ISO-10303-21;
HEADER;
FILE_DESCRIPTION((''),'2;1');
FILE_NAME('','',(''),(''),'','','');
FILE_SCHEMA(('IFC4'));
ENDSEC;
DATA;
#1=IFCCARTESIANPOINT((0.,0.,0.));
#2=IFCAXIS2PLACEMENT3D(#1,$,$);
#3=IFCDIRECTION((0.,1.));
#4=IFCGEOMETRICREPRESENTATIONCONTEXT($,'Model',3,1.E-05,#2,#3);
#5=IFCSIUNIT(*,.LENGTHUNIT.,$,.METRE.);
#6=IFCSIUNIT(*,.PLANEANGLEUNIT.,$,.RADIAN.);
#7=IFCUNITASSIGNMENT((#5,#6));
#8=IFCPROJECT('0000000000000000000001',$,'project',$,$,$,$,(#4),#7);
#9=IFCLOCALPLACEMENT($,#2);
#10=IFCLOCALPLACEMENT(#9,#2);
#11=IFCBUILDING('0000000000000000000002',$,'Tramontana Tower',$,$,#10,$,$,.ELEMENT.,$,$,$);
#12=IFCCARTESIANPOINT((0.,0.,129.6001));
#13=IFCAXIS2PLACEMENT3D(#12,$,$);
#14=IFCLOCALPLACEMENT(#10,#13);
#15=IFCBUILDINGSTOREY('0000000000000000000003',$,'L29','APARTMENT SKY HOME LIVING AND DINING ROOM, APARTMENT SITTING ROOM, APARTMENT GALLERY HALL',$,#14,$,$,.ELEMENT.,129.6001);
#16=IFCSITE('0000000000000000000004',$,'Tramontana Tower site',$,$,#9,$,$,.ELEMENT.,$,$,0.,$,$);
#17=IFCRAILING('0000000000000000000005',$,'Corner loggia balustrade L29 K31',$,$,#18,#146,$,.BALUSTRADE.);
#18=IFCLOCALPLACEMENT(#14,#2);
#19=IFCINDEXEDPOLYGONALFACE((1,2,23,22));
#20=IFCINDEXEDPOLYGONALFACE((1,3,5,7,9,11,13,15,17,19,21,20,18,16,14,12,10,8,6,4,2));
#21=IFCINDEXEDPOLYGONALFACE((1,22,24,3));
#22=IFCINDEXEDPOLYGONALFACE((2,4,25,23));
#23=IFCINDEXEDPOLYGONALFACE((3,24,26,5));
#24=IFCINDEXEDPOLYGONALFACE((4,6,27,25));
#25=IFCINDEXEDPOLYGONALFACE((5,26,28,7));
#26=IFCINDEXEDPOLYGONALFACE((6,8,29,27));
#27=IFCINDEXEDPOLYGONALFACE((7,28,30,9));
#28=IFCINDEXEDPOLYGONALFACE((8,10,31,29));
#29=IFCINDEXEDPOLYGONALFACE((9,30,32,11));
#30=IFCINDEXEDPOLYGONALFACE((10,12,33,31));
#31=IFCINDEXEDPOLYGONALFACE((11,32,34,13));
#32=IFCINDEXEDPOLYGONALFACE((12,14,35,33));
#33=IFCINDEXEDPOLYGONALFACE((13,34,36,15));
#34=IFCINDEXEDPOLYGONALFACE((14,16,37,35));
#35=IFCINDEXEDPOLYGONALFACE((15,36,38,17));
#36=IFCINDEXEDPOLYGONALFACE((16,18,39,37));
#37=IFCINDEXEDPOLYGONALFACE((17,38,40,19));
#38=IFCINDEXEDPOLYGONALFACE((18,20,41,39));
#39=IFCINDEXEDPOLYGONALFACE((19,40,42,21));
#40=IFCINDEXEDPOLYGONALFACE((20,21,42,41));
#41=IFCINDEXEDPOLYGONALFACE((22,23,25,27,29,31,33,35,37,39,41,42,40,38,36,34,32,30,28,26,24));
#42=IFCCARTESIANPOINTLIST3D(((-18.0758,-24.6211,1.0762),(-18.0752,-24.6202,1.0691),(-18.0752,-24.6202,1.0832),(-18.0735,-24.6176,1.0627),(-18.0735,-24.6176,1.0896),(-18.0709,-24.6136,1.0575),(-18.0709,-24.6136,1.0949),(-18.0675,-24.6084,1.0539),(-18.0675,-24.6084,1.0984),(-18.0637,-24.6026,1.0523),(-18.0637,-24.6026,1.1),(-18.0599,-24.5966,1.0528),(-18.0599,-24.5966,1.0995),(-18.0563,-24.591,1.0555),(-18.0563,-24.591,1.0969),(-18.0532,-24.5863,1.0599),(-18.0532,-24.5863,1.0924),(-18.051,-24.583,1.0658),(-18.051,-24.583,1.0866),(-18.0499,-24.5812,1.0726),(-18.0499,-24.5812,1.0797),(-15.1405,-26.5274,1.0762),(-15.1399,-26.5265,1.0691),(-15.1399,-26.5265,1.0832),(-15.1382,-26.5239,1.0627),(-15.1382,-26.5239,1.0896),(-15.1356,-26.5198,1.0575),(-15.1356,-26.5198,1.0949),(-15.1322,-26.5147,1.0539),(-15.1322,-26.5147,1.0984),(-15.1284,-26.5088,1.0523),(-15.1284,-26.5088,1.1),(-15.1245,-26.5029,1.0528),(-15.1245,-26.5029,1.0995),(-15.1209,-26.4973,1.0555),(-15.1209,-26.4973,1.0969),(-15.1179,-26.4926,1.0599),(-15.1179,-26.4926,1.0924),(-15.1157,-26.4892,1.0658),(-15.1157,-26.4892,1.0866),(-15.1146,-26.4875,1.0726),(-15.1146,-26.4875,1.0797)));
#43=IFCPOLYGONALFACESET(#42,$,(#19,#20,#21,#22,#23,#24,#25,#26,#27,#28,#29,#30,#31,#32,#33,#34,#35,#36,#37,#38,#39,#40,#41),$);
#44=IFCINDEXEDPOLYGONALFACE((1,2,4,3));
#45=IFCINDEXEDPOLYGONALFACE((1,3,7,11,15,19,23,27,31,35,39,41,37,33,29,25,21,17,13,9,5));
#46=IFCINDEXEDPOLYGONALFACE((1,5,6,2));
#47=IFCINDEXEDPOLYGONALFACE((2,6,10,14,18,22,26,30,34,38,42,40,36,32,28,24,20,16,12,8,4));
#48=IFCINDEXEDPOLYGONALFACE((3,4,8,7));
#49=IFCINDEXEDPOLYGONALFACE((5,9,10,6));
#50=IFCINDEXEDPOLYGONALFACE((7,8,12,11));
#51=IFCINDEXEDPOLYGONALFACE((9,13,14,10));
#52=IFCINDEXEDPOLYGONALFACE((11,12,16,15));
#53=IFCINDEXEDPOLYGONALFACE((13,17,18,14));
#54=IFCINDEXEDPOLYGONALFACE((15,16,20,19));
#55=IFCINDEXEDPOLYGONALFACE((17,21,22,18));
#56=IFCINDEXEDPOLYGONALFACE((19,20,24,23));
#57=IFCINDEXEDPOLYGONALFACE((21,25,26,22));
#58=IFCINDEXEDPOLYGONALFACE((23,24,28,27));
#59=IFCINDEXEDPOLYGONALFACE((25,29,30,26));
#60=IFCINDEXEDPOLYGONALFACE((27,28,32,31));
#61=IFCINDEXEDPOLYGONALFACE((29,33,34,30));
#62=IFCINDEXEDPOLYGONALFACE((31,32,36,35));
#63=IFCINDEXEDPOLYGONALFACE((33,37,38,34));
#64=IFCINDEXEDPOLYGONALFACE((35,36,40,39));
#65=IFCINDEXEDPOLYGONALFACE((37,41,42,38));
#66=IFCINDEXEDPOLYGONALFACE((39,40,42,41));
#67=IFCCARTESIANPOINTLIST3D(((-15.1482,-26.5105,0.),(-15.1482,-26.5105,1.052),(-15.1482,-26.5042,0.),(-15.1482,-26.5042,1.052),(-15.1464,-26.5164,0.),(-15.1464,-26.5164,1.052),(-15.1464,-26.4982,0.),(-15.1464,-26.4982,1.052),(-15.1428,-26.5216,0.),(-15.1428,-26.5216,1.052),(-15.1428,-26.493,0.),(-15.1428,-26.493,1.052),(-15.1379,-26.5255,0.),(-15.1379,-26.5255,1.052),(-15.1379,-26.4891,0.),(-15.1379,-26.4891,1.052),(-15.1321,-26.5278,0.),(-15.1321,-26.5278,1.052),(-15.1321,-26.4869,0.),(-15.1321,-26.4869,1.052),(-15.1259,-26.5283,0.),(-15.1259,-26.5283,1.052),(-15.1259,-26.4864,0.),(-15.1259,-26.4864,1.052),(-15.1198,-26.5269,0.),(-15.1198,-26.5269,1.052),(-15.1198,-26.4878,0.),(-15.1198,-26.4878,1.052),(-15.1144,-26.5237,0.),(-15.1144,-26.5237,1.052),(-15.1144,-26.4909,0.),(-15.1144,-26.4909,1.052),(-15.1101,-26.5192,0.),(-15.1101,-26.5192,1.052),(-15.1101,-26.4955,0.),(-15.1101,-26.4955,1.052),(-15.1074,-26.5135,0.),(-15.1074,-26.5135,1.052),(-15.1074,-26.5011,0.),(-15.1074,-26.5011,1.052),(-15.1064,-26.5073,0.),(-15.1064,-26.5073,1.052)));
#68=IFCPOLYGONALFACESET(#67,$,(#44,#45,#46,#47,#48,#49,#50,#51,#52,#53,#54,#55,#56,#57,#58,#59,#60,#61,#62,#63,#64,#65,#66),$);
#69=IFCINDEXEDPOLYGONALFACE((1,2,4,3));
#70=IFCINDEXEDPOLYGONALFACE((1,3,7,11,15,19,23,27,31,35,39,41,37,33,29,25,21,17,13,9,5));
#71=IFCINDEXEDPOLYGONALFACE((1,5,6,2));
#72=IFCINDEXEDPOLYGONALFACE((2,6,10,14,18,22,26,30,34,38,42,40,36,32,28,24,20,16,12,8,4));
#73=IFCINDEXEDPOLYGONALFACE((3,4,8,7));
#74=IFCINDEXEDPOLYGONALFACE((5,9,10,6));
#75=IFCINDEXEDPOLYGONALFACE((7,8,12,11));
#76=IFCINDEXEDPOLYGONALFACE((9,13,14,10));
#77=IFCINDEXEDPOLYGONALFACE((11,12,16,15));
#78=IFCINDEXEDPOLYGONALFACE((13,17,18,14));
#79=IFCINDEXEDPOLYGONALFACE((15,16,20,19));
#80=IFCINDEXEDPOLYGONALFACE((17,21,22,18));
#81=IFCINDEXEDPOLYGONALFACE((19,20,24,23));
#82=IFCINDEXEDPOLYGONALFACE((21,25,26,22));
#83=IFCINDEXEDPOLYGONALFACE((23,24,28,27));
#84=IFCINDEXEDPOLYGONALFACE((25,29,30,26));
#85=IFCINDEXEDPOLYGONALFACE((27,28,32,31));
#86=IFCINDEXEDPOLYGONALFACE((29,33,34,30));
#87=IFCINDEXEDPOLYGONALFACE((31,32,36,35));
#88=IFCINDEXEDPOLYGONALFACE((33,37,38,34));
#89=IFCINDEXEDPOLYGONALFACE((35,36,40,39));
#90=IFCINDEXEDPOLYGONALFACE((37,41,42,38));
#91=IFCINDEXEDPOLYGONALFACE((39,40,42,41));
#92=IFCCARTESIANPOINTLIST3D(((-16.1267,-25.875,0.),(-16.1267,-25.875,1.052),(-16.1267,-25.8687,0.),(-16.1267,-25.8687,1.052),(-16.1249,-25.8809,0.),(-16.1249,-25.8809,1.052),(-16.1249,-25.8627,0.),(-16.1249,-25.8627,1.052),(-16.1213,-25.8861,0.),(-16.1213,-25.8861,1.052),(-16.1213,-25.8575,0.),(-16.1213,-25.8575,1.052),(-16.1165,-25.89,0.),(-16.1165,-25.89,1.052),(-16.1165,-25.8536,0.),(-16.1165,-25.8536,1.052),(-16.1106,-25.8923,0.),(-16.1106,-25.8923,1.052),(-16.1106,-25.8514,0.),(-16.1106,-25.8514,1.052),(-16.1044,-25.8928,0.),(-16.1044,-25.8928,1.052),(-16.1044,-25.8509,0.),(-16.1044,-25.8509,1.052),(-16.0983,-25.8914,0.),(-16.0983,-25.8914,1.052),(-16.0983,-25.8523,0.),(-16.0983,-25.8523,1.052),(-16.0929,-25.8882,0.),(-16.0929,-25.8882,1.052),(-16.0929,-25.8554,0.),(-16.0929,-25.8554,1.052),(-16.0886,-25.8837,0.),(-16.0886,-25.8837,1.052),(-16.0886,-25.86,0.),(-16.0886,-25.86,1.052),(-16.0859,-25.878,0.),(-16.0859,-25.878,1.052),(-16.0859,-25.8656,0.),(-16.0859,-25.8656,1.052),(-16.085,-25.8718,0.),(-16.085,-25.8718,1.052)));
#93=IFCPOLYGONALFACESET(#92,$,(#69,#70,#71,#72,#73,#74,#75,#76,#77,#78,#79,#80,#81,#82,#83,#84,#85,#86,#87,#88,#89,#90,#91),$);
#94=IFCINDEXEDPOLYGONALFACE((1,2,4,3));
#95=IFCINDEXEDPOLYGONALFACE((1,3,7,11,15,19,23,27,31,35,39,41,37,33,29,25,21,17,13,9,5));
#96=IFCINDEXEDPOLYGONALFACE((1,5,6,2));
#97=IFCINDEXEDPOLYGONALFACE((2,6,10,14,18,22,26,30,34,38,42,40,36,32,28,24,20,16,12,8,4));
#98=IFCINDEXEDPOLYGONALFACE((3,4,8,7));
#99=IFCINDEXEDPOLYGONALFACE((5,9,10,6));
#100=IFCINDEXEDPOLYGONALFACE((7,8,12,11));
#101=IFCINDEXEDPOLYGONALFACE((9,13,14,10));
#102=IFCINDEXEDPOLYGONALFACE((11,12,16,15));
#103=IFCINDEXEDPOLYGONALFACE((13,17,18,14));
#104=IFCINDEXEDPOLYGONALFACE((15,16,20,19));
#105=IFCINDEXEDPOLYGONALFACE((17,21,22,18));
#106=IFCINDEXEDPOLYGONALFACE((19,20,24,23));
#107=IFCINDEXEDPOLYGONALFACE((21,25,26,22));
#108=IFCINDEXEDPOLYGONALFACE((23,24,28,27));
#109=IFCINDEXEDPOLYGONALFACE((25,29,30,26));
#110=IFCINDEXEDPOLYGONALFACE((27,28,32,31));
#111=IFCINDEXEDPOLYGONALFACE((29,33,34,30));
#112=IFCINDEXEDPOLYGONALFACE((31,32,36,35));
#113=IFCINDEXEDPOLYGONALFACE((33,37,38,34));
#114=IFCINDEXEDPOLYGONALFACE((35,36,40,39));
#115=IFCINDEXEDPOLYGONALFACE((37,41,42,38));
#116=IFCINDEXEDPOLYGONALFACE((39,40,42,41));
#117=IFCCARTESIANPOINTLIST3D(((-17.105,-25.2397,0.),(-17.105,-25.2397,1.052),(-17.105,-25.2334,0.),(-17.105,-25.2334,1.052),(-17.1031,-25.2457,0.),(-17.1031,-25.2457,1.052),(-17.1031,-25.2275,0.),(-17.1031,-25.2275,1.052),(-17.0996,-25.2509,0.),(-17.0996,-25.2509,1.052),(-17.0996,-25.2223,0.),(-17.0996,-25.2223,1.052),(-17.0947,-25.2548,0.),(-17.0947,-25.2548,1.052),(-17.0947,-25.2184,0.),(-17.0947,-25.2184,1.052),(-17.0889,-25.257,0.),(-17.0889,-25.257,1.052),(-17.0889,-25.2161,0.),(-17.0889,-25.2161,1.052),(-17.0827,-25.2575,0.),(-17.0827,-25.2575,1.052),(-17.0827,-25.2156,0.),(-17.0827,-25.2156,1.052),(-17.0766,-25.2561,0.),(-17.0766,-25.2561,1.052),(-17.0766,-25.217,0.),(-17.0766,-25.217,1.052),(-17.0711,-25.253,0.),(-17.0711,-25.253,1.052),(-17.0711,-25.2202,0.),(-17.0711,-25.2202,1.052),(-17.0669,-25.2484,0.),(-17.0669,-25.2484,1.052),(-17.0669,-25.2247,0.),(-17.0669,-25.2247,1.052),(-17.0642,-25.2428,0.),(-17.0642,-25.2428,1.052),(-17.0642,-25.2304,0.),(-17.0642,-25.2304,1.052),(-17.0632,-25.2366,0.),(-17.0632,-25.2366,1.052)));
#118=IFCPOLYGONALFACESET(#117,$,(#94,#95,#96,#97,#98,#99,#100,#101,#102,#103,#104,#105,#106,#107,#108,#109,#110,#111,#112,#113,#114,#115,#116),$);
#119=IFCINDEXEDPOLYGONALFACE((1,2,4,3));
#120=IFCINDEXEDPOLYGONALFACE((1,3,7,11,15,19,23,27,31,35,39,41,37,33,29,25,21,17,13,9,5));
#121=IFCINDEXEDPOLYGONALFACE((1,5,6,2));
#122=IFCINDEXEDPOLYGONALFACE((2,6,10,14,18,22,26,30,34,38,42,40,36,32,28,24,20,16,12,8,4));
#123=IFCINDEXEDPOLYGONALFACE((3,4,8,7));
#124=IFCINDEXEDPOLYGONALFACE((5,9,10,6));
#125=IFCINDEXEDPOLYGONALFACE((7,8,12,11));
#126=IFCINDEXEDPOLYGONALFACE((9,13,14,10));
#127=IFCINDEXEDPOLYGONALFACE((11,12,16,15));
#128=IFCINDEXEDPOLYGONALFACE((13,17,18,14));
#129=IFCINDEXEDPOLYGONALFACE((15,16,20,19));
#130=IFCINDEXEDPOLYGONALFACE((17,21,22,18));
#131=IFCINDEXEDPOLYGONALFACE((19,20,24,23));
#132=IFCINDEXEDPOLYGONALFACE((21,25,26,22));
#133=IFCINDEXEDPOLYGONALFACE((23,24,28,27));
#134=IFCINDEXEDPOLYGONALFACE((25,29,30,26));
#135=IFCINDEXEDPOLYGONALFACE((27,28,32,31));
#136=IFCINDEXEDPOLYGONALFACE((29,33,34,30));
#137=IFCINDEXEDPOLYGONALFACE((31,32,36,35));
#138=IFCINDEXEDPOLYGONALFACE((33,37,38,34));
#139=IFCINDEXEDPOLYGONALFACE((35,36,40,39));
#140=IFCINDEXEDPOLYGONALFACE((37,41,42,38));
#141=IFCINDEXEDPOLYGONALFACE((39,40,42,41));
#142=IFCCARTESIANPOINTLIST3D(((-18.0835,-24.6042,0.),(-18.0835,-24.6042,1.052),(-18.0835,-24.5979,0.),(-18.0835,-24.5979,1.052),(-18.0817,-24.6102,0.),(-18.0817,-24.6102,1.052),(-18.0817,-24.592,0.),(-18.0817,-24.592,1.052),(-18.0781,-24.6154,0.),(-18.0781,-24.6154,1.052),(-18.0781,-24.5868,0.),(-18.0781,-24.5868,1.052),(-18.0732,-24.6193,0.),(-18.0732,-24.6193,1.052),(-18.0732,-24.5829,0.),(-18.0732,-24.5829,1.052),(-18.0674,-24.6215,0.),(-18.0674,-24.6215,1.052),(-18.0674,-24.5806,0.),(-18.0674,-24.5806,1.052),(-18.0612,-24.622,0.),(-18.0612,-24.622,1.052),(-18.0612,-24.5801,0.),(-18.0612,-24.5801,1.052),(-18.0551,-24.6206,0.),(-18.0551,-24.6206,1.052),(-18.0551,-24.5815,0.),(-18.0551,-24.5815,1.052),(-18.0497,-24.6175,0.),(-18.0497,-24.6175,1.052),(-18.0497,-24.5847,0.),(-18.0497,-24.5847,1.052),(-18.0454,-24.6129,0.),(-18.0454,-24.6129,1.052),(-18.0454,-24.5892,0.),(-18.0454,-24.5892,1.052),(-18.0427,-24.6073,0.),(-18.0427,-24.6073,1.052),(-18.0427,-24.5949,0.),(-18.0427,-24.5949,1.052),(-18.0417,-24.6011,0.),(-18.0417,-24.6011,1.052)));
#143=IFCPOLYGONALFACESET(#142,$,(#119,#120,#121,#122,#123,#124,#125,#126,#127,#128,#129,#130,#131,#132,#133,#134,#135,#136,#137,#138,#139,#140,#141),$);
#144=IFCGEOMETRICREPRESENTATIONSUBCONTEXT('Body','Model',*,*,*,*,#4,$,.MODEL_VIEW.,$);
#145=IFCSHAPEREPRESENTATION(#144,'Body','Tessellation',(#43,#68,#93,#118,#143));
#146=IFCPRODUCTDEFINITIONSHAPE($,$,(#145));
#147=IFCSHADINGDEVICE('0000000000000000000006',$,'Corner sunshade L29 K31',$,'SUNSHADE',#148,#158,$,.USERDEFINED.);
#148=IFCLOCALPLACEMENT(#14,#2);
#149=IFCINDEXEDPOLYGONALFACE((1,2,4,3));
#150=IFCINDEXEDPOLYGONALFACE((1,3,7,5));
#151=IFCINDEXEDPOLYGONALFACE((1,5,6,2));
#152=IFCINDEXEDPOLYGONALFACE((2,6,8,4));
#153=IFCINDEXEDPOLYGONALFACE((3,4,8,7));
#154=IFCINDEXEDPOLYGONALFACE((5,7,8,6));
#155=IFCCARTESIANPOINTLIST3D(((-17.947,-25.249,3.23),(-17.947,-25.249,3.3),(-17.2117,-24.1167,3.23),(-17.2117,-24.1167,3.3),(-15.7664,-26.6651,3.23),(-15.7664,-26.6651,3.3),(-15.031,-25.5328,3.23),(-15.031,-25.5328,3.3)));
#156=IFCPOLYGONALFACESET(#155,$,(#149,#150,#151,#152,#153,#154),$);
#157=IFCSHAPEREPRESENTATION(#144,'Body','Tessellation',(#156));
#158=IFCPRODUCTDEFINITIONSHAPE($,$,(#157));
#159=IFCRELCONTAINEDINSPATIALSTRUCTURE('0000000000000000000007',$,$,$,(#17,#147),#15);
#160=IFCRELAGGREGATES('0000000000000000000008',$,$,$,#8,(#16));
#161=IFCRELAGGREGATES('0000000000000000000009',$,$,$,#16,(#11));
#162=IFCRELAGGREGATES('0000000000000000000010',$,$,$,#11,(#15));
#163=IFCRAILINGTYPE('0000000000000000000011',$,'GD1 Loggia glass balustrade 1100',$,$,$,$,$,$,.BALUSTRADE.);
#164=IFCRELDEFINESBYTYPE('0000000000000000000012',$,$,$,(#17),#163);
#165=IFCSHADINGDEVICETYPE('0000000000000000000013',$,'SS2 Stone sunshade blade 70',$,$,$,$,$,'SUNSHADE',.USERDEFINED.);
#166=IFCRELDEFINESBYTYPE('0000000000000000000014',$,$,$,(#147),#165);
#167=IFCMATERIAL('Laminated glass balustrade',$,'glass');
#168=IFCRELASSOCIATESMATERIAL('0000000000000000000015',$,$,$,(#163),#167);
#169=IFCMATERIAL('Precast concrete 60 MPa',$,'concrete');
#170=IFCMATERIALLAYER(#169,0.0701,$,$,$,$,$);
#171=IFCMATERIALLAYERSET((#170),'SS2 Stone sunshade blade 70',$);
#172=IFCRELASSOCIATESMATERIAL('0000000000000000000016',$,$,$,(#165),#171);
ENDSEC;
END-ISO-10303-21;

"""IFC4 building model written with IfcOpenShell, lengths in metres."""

from ifc_helpers import new_model, si_unit, direction, frame, origin, origin_2d, place, context, subcontext, project, spatial, rectangle, circle, extrude, material, layer, layer_set, type_object, element, save


model = new_model("IFC4")

# Units and contexts
model_context = context("Model", 3, precision=1e-05, world=origin(), true_north=direction((0.0, 1.0)))
body_context = subcontext(model_context, "Body", "Model", "MODEL_VIEW")
ifc_project = project(units=[si_unit("LENGTHUNIT", "METRE"), si_unit("PLANEANGLEUNIT", "RADIAN")], contexts=[model_context])

# Site, building, storey
site_placement = place(None, origin())
site = spatial("IfcSite", under=ifc_project, at=site_placement, Name="Tramontana Tower site", CompositionType="ELEMENT", RefElevation=0.0)
building_placement = place(site_placement, origin())
building = spatial("IfcBuilding", under=site, at=building_placement, Name="Tramontana Tower", CompositionType="ELEMENT")
storey_placement = place(building_placement, frame((0.0, 0.0, 129.6001)))
storey = spatial("IfcBuildingStorey", under=building, at=storey_placement, Name="L29", Description="APARTMENT SKY HOME LIVING AND DINING ROOM, APARTMENT SITTING ROOM, APARTMENT GALLERY HALL", CompositionType="ELEMENT", Elevation=129.6001)

# Railing
ifc_material_1 = material(Name="Laminated glass balustrade", Category="glass")
railing_type = type_object("IfcRailingType", Name="GD1 Loggia glass balustrade 1100", PredefinedType="BALUSTRADE", material=ifc_material_1)
railing_1_placement = place(storey_placement, frame((-15.1274, -26.5073, 0.0)))
element("IfcRailing", 1, at=railing_1_placement, inside=storey, type_object=railing_type, Name="Corner loggia balustrade L29 K31", PredefinedType="BALUSTRADE", context=body_context, shape_type="SweptSolid", body=[
    extrude(circle(Radius=0.0239, at=origin_2d()), frame((0.0, 0.0, 1.0762), z_axis=(-0.838665, 0.544647, 0.0), x_axis=(-0.544647, -0.838665, 0.0)), (0.0, 0.0, 1.0), 3.5),
    extrude(circle(Radius=0.021, at=origin_2d()), origin(), (0.0, 0.0, 1.0), 1.052),
    extrude(circle(Radius=0.021, at=origin_2d()), frame((-0.9785, 0.6355, 0.0)), (0.0, 0.0, 1.0), 1.052),
    extrude(circle(Radius=0.021, at=origin_2d()), frame((-1.9568, 1.2708, 0.0)), (0.0, 0.0, 1.0), 1.052),
    extrude(circle(Radius=0.021, at=origin_2d()), frame((-2.9353, 1.9062, 0.0)), (0.0, 0.0, 1.0), 1.052),
])

# Shading device
ifc_material_2 = material(Name="Precast concrete 60 MPa", Category="concrete")
ifc_layer_1 = layer(ifc_material_2, 0.0701)
ifc_layer_set_1 = layer_set([ifc_layer_1], Name="SS2 Stone sunshade blade 70")
shading_device_type = type_object("IfcShadingDeviceType", Name="SS2 Stone sunshade blade 70", ElementType="SUNSHADE", PredefinedType="USERDEFINED", material=ifc_layer_set_1)
shading_device_placement = place(storey_placement, frame((-16.489, -25.3909, 3.23), z_axis=(0.0, 0.0, 1.0), x_axis=(-0.838671, 0.544639, 0.0)))
element("IfcShadingDevice", 2, at=shading_device_placement, inside=storey, type_object=shading_device_type, Name="Corner sunshade L29 K31", ObjectType="SUNSHADE", PredefinedType="USERDEFINED", context=body_context, shape_type="SweptSolid", body=[
    extrude(rectangle(XDim=2.6001, YDim=1.3501, at=origin_2d()), origin(), (0.0, 0.0, 1.0), 0.0701),
])

save(model, "model.ifc")
